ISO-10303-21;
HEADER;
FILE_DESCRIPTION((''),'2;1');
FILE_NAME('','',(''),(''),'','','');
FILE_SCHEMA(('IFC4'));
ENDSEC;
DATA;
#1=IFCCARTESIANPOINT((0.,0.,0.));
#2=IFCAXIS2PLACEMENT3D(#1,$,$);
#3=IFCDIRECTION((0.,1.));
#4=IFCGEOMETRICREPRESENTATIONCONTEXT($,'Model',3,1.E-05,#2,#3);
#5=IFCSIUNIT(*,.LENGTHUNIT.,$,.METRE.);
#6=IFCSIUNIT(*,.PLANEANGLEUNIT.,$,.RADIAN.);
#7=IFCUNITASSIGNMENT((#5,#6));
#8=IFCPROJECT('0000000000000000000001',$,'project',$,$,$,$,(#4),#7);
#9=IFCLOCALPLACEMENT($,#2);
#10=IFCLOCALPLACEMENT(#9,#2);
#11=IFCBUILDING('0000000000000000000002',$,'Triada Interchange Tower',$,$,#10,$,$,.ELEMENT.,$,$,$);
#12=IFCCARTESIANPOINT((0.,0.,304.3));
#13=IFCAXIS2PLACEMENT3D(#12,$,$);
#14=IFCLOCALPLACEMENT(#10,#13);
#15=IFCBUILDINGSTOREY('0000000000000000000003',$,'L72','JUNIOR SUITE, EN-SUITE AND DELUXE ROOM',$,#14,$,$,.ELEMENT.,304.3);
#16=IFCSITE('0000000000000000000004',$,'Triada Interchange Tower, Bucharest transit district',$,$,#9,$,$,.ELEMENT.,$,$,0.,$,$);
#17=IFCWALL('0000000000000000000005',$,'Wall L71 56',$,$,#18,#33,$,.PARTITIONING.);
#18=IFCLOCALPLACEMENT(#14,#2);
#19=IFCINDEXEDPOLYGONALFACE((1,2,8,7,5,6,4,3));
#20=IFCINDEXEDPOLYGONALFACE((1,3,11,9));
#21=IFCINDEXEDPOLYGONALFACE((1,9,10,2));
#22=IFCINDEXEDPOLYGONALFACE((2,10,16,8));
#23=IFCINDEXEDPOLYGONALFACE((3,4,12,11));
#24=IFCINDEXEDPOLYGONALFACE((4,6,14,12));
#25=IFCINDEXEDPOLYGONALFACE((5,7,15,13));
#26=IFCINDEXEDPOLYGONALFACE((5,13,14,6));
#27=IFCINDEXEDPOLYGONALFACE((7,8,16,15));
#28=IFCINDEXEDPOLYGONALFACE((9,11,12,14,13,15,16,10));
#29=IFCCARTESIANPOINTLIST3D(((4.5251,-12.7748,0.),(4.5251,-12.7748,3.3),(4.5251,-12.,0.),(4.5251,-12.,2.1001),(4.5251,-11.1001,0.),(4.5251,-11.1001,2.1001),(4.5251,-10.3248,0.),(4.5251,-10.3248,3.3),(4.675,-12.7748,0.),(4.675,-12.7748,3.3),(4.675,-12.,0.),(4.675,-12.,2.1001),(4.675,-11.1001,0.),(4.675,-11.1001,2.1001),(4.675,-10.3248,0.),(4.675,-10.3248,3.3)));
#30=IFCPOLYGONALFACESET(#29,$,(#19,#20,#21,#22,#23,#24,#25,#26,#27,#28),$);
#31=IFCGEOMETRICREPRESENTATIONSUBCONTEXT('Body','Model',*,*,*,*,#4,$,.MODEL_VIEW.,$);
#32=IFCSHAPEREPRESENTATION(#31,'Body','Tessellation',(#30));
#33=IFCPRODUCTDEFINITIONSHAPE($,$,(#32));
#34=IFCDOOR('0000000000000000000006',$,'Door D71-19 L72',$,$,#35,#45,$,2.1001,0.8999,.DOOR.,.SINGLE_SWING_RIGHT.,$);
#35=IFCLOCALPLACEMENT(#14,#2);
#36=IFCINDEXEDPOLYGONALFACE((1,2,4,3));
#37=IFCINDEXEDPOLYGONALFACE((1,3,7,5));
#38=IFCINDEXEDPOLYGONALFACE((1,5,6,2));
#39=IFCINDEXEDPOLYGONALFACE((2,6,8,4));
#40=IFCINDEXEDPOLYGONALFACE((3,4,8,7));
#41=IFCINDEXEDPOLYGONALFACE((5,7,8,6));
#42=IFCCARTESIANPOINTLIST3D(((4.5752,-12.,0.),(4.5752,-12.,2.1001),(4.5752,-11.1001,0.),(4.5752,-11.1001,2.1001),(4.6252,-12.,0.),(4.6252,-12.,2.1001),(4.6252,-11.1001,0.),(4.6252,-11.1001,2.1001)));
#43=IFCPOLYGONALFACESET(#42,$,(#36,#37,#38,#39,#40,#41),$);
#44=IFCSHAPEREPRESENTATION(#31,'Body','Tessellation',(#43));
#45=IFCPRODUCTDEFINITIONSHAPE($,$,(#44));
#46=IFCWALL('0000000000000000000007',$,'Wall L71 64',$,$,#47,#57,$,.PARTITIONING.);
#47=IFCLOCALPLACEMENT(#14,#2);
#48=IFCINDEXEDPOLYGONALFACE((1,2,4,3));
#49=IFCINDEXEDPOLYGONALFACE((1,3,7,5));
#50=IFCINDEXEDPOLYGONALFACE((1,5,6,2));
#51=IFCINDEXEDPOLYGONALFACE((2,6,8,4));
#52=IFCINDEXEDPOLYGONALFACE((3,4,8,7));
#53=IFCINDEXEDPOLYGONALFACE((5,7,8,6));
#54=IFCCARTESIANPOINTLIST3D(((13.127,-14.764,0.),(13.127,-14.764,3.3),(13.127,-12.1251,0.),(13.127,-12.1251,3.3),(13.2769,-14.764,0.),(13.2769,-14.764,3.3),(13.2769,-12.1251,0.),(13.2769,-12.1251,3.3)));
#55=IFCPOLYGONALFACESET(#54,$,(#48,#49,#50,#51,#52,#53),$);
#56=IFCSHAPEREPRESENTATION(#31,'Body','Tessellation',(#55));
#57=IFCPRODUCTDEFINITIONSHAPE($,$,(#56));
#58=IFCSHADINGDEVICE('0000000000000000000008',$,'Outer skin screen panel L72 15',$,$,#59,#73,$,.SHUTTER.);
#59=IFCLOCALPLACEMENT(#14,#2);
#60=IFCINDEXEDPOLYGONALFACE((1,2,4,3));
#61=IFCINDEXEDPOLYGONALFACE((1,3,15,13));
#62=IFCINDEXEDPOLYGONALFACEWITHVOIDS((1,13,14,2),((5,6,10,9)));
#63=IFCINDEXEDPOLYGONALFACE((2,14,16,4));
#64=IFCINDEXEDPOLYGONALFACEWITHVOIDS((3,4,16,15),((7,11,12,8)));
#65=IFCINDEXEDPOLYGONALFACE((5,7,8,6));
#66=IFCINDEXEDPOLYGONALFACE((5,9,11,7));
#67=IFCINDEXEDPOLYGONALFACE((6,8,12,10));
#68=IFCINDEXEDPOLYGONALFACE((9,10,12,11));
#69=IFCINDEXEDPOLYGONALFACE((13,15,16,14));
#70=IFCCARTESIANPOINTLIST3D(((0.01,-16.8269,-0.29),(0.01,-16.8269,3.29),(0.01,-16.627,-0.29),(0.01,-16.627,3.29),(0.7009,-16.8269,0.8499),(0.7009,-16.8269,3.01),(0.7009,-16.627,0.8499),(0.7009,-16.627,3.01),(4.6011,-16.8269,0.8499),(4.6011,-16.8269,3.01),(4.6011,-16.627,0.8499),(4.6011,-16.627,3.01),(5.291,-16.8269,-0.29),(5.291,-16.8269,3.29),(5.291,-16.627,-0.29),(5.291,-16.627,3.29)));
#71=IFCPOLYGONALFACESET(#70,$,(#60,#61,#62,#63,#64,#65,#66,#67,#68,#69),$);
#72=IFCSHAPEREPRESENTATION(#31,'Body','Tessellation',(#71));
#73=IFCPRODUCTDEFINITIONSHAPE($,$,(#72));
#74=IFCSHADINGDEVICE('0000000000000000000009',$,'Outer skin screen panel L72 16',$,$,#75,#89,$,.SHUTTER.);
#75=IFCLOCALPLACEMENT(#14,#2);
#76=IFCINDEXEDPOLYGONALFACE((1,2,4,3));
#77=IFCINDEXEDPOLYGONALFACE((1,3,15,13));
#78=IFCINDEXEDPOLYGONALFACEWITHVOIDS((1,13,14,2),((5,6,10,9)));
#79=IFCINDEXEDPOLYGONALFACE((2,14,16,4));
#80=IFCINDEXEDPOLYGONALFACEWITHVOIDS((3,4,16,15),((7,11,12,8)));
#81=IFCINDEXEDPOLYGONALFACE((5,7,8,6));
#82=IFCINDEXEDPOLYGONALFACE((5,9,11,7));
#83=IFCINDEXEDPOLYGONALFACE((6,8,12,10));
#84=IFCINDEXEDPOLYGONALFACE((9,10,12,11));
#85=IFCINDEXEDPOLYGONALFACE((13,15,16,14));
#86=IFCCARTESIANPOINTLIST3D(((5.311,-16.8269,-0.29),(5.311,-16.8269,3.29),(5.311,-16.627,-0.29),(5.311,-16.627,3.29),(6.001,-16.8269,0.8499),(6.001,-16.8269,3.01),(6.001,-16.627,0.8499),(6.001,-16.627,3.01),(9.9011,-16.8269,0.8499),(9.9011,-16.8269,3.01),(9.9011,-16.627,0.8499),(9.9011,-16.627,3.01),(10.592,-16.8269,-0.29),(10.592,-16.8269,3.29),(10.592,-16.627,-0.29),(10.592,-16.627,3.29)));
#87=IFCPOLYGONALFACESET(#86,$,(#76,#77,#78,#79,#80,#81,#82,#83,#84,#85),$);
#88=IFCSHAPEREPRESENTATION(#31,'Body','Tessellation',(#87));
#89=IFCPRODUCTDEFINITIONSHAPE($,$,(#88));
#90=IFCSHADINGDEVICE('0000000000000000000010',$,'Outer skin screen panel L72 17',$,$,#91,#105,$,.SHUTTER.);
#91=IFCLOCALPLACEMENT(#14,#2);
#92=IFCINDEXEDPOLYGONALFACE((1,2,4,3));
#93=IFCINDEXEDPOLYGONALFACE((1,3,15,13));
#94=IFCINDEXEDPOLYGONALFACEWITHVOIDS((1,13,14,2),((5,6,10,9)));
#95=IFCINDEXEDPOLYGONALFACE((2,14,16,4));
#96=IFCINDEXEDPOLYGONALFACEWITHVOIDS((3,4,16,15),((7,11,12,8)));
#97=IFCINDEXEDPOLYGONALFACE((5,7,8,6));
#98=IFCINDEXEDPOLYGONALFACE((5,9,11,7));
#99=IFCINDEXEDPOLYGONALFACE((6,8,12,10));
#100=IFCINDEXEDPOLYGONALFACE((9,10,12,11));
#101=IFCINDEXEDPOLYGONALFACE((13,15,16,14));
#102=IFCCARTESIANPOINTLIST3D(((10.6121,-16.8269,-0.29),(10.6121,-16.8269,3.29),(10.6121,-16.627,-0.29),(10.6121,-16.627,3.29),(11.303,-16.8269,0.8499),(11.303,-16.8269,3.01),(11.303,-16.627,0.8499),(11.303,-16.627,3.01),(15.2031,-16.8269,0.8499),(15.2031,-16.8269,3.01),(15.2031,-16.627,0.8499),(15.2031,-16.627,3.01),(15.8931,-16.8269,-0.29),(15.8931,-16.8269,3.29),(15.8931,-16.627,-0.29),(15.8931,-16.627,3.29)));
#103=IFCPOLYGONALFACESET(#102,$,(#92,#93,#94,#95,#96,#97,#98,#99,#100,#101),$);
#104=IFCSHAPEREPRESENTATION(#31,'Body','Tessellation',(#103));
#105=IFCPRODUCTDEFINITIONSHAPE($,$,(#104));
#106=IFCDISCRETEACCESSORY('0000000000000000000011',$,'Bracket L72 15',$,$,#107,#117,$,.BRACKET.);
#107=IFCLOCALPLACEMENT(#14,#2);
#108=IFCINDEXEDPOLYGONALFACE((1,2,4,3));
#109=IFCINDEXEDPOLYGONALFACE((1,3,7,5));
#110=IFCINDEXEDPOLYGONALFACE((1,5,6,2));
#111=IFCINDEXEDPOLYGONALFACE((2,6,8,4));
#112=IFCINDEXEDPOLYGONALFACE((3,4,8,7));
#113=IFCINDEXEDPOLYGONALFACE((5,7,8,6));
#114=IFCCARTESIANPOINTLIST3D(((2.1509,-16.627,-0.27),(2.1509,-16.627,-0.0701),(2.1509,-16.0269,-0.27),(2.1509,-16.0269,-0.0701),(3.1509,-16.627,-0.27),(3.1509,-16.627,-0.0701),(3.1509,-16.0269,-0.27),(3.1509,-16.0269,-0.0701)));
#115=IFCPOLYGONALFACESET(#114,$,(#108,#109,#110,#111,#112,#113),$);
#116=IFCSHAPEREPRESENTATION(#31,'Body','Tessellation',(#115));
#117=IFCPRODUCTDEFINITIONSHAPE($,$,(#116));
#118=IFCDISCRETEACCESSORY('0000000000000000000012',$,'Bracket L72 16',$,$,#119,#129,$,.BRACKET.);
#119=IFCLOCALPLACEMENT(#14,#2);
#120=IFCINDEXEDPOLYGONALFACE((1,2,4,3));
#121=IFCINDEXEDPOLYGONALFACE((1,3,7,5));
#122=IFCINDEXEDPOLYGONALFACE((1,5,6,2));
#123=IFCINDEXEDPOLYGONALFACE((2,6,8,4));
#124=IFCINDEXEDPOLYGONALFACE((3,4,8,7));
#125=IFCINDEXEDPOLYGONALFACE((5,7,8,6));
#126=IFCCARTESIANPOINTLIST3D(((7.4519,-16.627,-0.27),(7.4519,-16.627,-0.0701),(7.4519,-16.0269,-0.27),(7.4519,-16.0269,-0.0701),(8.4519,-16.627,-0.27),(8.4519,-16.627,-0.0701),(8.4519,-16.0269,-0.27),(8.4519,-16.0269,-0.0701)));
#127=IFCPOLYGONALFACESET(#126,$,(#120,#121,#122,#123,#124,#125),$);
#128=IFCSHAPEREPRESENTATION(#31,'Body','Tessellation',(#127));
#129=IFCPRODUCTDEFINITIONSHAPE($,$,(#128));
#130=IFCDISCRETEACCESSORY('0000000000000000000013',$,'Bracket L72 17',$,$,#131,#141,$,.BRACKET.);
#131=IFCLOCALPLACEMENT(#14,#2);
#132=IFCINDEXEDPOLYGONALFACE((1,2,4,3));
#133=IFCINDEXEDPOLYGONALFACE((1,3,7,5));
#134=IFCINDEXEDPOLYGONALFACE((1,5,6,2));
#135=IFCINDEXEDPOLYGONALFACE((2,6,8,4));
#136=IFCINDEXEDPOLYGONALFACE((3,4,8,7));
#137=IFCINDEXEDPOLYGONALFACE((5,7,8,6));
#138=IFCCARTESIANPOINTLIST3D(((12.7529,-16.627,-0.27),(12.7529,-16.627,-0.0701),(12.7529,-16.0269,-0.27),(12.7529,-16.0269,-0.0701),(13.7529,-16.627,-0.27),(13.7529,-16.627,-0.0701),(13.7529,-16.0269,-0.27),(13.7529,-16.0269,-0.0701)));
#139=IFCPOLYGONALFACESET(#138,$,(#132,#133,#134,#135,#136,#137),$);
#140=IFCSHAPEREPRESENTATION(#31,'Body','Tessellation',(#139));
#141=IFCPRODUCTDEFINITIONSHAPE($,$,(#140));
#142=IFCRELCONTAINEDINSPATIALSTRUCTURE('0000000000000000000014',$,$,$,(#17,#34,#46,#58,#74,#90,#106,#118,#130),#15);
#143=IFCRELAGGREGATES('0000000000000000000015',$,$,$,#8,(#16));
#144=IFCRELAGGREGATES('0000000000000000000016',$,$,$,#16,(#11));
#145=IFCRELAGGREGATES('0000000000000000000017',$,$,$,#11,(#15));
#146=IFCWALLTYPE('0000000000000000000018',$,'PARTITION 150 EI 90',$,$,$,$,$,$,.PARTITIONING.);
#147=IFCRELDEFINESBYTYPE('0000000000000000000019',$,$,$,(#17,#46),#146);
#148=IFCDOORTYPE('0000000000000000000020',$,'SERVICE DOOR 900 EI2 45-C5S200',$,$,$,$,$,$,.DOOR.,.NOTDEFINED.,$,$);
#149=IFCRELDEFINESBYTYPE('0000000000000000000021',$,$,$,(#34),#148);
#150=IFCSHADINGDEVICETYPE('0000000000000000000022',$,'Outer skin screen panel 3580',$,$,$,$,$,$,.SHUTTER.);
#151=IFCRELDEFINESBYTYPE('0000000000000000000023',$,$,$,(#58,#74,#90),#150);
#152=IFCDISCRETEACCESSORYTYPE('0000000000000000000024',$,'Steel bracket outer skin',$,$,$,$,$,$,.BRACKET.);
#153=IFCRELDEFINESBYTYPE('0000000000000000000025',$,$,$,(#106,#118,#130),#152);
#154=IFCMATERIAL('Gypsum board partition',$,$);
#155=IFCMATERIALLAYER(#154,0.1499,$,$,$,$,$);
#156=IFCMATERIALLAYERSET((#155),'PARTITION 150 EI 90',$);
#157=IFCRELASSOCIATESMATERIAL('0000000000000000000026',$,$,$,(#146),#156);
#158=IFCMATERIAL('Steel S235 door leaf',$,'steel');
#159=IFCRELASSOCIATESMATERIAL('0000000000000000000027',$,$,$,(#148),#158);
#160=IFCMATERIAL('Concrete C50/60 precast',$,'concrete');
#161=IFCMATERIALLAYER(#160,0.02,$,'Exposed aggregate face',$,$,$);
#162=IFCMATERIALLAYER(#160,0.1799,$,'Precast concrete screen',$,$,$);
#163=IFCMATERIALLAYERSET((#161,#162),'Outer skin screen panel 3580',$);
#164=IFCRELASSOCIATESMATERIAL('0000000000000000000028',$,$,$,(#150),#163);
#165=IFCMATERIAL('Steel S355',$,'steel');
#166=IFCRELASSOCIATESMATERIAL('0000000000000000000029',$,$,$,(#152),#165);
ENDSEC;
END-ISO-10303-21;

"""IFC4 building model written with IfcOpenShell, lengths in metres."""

from ifc_helpers import new_model, si_unit, direction, frame, frame_2d, origin, origin_2d, place, context, subcontext, project, spatial, polyline, rectangle, outline, extrude, material, layer, layer_set, type_object, element, fill, save


model = new_model("IFC4")

# Units and contexts
model_context = context("Model", 3, precision=1e-05, world=origin(), true_north=direction((0.0, 1.0)))
body_context = subcontext(model_context, "Body", "Model", "MODEL_VIEW")
ifc_project = project(units=[si_unit("LENGTHUNIT", "METRE"), si_unit("PLANEANGLEUNIT", "RADIAN")], contexts=[model_context])

# Site, building, storey
site_placement = place(None, origin())
site = spatial("IfcSite", under=ifc_project, at=site_placement, Name="Triada Interchange Tower, Bucharest transit district", CompositionType="ELEMENT", RefElevation=0.0)
building_placement = place(site_placement, origin())
building = spatial("IfcBuilding", under=site, at=building_placement, Name="Triada Interchange Tower", CompositionType="ELEMENT")
storey_placement = place(building_placement, frame((0.0, 0.0, 304.3)))
storey = spatial("IfcBuildingStorey", under=building, at=storey_placement, Name="L72", Description="JUNIOR SUITE, EN-SUITE AND DELUXE ROOM", CompositionType="ELEMENT", Elevation=304.3)

# Shared definitions
ifc_material_1 = material(Name="Gypsum board partition")
ifc_layer_1 = layer(ifc_material_1, 0.1499)
ifc_layer_set_1 = layer_set([ifc_layer_1], Name="PARTITION 150 EI 90")
wall_type_1 = type_object("IfcWallType", Name="PARTITION 150 EI 90", PredefinedType="PARTITIONING", material=ifc_layer_set_1)

# Shared definitions
ifc_material_2 = material(Name="Steel S235 door leaf", Category="steel")

# Wall, opening, door
wall_1_placement = place(storey_placement, frame((4.6001, -12.7749, 0.0), z_axis=(0.0, 0.0, 1.0), x_axis=(0.0, 1.0, 0.0)))
wall_1 = element("IfcWall", 1, at=wall_1_placement, inside=storey, type_object=wall_type_1, Name="Wall L71 56", PredefinedType="PARTITIONING", context=body_context, shape_type="SweptSolid", body=[
    extrude(rectangle(XDim=2.45, YDim=0.1499, at=frame_2d((1.2251, 0.0))), origin(), (0.0, 0.0, 1.0), 3.3),
])
opening_1_placement = place(wall_1_placement, frame((0.7749, 0.0, 0.0)))
opening_1 = element("IfcOpeningElement", 2, at=opening_1_placement, cuts=wall_1, PredefinedType="OPENING", context=body_context, shape_type="SweptSolid", body=[
    extrude(rectangle(XDim=0.8999, YDim=2.1001, at=frame_2d((0.45, 1.05))), frame((0.0, 0.085, 0.0), z_axis=(0.0, -1.0, 0.0), x_axis=(1.0, 0.0, 0.0)), (0.0, 0.0, 1.0), 0.1699),
])
door_type_1 = type_object("IfcDoorType", Name="SERVICE DOOR 900 EI2 45-C5S200", OperationType="NOTDEFINED", PredefinedType="DOOR", material=ifc_material_2)
door_1_placement = place(opening_1_placement, origin())
door_1 = element("IfcDoor", 3, at=door_1_placement, inside=storey, type_object=door_type_1, Name="Door D71-19 L72", OperationType="SINGLE_SWING_RIGHT", OverallHeight=2.1001, OverallWidth=0.8999, PredefinedType="DOOR", context=body_context, shape_type="SweptSolid", body=[
    extrude(rectangle(XDim=0.8999, YDim=2.1001, at=frame_2d((0.45, 1.05))), frame((0.0, 0.0249, 0.0), z_axis=(0.0, -1.0, 0.0), x_axis=(1.0, 0.0, 0.0)), (0.0, 0.0, 1.0), 0.05),
])
fill(opening_1, door_1)

# Wall
wall_2_placement = place(storey_placement, frame((13.2019, -14.7639, 0.0), z_axis=(0.0, 0.0, 1.0), x_axis=(0.0, 1.0, 0.0)))
element("IfcWall", 4, at=wall_2_placement, inside=storey, type_object=wall_type_1, Name="Wall L71 64", PredefinedType="PARTITIONING", context=body_context, shape_type="SweptSolid", body=[
    extrude(rectangle(XDim=2.6389, YDim=0.1499, at=frame_2d((1.3193, 0.0))), origin(), (0.0, 0.0, 1.0), 3.3),
])

# Shading devices
ifc_material_3 = material(Name="Concrete C50/60 precast", Category="concrete")
ifc_layer_2 = layer(ifc_material_3, 0.02, Name="Exposed aggregate face")
ifc_layer_3 = layer(ifc_material_3, 0.1799, Name="Precast concrete screen")
ifc_layer_set_2 = layer_set([ifc_layer_2, ifc_layer_3], Name="Outer skin screen panel 3580")
shading_device_type = type_object("IfcShadingDeviceType", Name="Outer skin screen panel 3580", PredefinedType="SHUTTER", material=ifc_layer_set_2)
shading_device_1_placement = place(storey_placement, frame((0.01, -16.627, -0.29), z_axis=(0.0, 0.0, 1.0), x_axis=(1.0, 0.0, 0.0)))
element("IfcShadingDevice", 5, at=shading_device_1_placement, inside=storey, type_object=shading_device_type, Name="Outer skin screen panel L72 15", PredefinedType="SHUTTER", context=body_context, shape_type="SweptSolid", body=[
    extrude(outline(polyline([(0.0, 0.0), (5.281, 0.0), (5.281, 3.5801), (0.0, 3.5801), (0.0, 0.0)]), holes=[polyline([(0.6909, 1.1399), (0.6909, 3.3), (4.5911, 3.3), (4.5911, 1.1399), (0.6909, 1.1399)])]), frame((0.0, 0.0, 0.0), z_axis=(0.0, -1.0, 0.0), x_axis=(1.0, 0.0, 0.0)), (0.0, 0.0, 1.0), 0.2),
])
shading_device_2_placement = place(storey_placement, frame((5.311, -16.627, -0.29), z_axis=(0.0, 0.0, 1.0), x_axis=(1.0, 0.0, 0.0)))
element("IfcShadingDevice", 6, at=shading_device_2_placement, inside=storey, type_object=shading_device_type, Name="Outer skin screen panel L72 16", PredefinedType="SHUTTER", context=body_context, shape_type="SweptSolid", body=[
    extrude(outline(polyline([(0.0, 0.0), (5.281, 0.0), (5.281, 3.5801), (0.0, 3.5801), (0.0, 0.0)]), holes=[polyline([(0.6899, 1.1399), (0.6899, 3.3), (4.5901, 3.3), (4.5901, 1.1399), (0.6899, 1.1399)])]), frame((0.0, 0.0, 0.0), z_axis=(0.0, -1.0, 0.0), x_axis=(1.0, 0.0, 0.0)), (0.0, 0.0, 1.0), 0.2),
])
shading_device_3_placement = place(storey_placement, frame((10.6121, -16.627, -0.29), z_axis=(0.0, 0.0, 1.0), x_axis=(1.0, 0.0, 0.0)))
element("IfcShadingDevice", 7, at=shading_device_3_placement, inside=storey, type_object=shading_device_type, Name="Outer skin screen panel L72 17", PredefinedType="SHUTTER", context=body_context, shape_type="SweptSolid", body=[
    extrude(outline(polyline([(0.0, 0.0), (5.281, 0.0), (5.281, 3.5801), (0.0, 3.5801), (0.0, 0.0)]), holes=[polyline([(0.6909, 1.1399), (0.6909, 3.3), (4.5911, 3.3), (4.5911, 1.1399), (0.6909, 1.1399)])]), frame((0.0, 0.0, 0.0), z_axis=(0.0, -1.0, 0.0), x_axis=(1.0, 0.0, 0.0)), (0.0, 0.0, 1.0), 0.2),
])

# Discrete accessories
ifc_material_4 = material(Name="Steel S355", Category="steel")
discrete_accessory_type = type_object("IfcDiscreteAccessoryType", Name="Steel bracket outer skin", PredefinedType="BRACKET", material=ifc_material_4)
for number, where, z_axis, x_axis, name in (
    (8, (2.6509, -16.3269, -0.27), (0.0, 0.0, 1.0), (0.0, -1.0, 0.0), "Bracket L72 15"),
    (9, (7.9519, -16.3269, -0.27), (0.0, 0.0, 1.0), (0.0, -1.0, 0.0), "Bracket L72 16"),
    (10, (13.2529, -16.3269, -0.27), (0.0, 0.0, 1.0), (0.0, -1.0, 0.0), "Bracket L72 17"),
):
    element("IfcDiscreteAccessory", number, at=place(storey_placement, frame(where, z_axis=z_axis, x_axis=x_axis)), inside=storey, type_object=discrete_accessory_type, Name=name, PredefinedType="BRACKET", context=body_context, shape_type="SweptSolid", body=[
        extrude(rectangle(XDim=0.6001, YDim=1.0, at=origin_2d()), origin(), (0.0, 0.0, 1.0), 0.2),
    ])

save(model, "model.ifc")
